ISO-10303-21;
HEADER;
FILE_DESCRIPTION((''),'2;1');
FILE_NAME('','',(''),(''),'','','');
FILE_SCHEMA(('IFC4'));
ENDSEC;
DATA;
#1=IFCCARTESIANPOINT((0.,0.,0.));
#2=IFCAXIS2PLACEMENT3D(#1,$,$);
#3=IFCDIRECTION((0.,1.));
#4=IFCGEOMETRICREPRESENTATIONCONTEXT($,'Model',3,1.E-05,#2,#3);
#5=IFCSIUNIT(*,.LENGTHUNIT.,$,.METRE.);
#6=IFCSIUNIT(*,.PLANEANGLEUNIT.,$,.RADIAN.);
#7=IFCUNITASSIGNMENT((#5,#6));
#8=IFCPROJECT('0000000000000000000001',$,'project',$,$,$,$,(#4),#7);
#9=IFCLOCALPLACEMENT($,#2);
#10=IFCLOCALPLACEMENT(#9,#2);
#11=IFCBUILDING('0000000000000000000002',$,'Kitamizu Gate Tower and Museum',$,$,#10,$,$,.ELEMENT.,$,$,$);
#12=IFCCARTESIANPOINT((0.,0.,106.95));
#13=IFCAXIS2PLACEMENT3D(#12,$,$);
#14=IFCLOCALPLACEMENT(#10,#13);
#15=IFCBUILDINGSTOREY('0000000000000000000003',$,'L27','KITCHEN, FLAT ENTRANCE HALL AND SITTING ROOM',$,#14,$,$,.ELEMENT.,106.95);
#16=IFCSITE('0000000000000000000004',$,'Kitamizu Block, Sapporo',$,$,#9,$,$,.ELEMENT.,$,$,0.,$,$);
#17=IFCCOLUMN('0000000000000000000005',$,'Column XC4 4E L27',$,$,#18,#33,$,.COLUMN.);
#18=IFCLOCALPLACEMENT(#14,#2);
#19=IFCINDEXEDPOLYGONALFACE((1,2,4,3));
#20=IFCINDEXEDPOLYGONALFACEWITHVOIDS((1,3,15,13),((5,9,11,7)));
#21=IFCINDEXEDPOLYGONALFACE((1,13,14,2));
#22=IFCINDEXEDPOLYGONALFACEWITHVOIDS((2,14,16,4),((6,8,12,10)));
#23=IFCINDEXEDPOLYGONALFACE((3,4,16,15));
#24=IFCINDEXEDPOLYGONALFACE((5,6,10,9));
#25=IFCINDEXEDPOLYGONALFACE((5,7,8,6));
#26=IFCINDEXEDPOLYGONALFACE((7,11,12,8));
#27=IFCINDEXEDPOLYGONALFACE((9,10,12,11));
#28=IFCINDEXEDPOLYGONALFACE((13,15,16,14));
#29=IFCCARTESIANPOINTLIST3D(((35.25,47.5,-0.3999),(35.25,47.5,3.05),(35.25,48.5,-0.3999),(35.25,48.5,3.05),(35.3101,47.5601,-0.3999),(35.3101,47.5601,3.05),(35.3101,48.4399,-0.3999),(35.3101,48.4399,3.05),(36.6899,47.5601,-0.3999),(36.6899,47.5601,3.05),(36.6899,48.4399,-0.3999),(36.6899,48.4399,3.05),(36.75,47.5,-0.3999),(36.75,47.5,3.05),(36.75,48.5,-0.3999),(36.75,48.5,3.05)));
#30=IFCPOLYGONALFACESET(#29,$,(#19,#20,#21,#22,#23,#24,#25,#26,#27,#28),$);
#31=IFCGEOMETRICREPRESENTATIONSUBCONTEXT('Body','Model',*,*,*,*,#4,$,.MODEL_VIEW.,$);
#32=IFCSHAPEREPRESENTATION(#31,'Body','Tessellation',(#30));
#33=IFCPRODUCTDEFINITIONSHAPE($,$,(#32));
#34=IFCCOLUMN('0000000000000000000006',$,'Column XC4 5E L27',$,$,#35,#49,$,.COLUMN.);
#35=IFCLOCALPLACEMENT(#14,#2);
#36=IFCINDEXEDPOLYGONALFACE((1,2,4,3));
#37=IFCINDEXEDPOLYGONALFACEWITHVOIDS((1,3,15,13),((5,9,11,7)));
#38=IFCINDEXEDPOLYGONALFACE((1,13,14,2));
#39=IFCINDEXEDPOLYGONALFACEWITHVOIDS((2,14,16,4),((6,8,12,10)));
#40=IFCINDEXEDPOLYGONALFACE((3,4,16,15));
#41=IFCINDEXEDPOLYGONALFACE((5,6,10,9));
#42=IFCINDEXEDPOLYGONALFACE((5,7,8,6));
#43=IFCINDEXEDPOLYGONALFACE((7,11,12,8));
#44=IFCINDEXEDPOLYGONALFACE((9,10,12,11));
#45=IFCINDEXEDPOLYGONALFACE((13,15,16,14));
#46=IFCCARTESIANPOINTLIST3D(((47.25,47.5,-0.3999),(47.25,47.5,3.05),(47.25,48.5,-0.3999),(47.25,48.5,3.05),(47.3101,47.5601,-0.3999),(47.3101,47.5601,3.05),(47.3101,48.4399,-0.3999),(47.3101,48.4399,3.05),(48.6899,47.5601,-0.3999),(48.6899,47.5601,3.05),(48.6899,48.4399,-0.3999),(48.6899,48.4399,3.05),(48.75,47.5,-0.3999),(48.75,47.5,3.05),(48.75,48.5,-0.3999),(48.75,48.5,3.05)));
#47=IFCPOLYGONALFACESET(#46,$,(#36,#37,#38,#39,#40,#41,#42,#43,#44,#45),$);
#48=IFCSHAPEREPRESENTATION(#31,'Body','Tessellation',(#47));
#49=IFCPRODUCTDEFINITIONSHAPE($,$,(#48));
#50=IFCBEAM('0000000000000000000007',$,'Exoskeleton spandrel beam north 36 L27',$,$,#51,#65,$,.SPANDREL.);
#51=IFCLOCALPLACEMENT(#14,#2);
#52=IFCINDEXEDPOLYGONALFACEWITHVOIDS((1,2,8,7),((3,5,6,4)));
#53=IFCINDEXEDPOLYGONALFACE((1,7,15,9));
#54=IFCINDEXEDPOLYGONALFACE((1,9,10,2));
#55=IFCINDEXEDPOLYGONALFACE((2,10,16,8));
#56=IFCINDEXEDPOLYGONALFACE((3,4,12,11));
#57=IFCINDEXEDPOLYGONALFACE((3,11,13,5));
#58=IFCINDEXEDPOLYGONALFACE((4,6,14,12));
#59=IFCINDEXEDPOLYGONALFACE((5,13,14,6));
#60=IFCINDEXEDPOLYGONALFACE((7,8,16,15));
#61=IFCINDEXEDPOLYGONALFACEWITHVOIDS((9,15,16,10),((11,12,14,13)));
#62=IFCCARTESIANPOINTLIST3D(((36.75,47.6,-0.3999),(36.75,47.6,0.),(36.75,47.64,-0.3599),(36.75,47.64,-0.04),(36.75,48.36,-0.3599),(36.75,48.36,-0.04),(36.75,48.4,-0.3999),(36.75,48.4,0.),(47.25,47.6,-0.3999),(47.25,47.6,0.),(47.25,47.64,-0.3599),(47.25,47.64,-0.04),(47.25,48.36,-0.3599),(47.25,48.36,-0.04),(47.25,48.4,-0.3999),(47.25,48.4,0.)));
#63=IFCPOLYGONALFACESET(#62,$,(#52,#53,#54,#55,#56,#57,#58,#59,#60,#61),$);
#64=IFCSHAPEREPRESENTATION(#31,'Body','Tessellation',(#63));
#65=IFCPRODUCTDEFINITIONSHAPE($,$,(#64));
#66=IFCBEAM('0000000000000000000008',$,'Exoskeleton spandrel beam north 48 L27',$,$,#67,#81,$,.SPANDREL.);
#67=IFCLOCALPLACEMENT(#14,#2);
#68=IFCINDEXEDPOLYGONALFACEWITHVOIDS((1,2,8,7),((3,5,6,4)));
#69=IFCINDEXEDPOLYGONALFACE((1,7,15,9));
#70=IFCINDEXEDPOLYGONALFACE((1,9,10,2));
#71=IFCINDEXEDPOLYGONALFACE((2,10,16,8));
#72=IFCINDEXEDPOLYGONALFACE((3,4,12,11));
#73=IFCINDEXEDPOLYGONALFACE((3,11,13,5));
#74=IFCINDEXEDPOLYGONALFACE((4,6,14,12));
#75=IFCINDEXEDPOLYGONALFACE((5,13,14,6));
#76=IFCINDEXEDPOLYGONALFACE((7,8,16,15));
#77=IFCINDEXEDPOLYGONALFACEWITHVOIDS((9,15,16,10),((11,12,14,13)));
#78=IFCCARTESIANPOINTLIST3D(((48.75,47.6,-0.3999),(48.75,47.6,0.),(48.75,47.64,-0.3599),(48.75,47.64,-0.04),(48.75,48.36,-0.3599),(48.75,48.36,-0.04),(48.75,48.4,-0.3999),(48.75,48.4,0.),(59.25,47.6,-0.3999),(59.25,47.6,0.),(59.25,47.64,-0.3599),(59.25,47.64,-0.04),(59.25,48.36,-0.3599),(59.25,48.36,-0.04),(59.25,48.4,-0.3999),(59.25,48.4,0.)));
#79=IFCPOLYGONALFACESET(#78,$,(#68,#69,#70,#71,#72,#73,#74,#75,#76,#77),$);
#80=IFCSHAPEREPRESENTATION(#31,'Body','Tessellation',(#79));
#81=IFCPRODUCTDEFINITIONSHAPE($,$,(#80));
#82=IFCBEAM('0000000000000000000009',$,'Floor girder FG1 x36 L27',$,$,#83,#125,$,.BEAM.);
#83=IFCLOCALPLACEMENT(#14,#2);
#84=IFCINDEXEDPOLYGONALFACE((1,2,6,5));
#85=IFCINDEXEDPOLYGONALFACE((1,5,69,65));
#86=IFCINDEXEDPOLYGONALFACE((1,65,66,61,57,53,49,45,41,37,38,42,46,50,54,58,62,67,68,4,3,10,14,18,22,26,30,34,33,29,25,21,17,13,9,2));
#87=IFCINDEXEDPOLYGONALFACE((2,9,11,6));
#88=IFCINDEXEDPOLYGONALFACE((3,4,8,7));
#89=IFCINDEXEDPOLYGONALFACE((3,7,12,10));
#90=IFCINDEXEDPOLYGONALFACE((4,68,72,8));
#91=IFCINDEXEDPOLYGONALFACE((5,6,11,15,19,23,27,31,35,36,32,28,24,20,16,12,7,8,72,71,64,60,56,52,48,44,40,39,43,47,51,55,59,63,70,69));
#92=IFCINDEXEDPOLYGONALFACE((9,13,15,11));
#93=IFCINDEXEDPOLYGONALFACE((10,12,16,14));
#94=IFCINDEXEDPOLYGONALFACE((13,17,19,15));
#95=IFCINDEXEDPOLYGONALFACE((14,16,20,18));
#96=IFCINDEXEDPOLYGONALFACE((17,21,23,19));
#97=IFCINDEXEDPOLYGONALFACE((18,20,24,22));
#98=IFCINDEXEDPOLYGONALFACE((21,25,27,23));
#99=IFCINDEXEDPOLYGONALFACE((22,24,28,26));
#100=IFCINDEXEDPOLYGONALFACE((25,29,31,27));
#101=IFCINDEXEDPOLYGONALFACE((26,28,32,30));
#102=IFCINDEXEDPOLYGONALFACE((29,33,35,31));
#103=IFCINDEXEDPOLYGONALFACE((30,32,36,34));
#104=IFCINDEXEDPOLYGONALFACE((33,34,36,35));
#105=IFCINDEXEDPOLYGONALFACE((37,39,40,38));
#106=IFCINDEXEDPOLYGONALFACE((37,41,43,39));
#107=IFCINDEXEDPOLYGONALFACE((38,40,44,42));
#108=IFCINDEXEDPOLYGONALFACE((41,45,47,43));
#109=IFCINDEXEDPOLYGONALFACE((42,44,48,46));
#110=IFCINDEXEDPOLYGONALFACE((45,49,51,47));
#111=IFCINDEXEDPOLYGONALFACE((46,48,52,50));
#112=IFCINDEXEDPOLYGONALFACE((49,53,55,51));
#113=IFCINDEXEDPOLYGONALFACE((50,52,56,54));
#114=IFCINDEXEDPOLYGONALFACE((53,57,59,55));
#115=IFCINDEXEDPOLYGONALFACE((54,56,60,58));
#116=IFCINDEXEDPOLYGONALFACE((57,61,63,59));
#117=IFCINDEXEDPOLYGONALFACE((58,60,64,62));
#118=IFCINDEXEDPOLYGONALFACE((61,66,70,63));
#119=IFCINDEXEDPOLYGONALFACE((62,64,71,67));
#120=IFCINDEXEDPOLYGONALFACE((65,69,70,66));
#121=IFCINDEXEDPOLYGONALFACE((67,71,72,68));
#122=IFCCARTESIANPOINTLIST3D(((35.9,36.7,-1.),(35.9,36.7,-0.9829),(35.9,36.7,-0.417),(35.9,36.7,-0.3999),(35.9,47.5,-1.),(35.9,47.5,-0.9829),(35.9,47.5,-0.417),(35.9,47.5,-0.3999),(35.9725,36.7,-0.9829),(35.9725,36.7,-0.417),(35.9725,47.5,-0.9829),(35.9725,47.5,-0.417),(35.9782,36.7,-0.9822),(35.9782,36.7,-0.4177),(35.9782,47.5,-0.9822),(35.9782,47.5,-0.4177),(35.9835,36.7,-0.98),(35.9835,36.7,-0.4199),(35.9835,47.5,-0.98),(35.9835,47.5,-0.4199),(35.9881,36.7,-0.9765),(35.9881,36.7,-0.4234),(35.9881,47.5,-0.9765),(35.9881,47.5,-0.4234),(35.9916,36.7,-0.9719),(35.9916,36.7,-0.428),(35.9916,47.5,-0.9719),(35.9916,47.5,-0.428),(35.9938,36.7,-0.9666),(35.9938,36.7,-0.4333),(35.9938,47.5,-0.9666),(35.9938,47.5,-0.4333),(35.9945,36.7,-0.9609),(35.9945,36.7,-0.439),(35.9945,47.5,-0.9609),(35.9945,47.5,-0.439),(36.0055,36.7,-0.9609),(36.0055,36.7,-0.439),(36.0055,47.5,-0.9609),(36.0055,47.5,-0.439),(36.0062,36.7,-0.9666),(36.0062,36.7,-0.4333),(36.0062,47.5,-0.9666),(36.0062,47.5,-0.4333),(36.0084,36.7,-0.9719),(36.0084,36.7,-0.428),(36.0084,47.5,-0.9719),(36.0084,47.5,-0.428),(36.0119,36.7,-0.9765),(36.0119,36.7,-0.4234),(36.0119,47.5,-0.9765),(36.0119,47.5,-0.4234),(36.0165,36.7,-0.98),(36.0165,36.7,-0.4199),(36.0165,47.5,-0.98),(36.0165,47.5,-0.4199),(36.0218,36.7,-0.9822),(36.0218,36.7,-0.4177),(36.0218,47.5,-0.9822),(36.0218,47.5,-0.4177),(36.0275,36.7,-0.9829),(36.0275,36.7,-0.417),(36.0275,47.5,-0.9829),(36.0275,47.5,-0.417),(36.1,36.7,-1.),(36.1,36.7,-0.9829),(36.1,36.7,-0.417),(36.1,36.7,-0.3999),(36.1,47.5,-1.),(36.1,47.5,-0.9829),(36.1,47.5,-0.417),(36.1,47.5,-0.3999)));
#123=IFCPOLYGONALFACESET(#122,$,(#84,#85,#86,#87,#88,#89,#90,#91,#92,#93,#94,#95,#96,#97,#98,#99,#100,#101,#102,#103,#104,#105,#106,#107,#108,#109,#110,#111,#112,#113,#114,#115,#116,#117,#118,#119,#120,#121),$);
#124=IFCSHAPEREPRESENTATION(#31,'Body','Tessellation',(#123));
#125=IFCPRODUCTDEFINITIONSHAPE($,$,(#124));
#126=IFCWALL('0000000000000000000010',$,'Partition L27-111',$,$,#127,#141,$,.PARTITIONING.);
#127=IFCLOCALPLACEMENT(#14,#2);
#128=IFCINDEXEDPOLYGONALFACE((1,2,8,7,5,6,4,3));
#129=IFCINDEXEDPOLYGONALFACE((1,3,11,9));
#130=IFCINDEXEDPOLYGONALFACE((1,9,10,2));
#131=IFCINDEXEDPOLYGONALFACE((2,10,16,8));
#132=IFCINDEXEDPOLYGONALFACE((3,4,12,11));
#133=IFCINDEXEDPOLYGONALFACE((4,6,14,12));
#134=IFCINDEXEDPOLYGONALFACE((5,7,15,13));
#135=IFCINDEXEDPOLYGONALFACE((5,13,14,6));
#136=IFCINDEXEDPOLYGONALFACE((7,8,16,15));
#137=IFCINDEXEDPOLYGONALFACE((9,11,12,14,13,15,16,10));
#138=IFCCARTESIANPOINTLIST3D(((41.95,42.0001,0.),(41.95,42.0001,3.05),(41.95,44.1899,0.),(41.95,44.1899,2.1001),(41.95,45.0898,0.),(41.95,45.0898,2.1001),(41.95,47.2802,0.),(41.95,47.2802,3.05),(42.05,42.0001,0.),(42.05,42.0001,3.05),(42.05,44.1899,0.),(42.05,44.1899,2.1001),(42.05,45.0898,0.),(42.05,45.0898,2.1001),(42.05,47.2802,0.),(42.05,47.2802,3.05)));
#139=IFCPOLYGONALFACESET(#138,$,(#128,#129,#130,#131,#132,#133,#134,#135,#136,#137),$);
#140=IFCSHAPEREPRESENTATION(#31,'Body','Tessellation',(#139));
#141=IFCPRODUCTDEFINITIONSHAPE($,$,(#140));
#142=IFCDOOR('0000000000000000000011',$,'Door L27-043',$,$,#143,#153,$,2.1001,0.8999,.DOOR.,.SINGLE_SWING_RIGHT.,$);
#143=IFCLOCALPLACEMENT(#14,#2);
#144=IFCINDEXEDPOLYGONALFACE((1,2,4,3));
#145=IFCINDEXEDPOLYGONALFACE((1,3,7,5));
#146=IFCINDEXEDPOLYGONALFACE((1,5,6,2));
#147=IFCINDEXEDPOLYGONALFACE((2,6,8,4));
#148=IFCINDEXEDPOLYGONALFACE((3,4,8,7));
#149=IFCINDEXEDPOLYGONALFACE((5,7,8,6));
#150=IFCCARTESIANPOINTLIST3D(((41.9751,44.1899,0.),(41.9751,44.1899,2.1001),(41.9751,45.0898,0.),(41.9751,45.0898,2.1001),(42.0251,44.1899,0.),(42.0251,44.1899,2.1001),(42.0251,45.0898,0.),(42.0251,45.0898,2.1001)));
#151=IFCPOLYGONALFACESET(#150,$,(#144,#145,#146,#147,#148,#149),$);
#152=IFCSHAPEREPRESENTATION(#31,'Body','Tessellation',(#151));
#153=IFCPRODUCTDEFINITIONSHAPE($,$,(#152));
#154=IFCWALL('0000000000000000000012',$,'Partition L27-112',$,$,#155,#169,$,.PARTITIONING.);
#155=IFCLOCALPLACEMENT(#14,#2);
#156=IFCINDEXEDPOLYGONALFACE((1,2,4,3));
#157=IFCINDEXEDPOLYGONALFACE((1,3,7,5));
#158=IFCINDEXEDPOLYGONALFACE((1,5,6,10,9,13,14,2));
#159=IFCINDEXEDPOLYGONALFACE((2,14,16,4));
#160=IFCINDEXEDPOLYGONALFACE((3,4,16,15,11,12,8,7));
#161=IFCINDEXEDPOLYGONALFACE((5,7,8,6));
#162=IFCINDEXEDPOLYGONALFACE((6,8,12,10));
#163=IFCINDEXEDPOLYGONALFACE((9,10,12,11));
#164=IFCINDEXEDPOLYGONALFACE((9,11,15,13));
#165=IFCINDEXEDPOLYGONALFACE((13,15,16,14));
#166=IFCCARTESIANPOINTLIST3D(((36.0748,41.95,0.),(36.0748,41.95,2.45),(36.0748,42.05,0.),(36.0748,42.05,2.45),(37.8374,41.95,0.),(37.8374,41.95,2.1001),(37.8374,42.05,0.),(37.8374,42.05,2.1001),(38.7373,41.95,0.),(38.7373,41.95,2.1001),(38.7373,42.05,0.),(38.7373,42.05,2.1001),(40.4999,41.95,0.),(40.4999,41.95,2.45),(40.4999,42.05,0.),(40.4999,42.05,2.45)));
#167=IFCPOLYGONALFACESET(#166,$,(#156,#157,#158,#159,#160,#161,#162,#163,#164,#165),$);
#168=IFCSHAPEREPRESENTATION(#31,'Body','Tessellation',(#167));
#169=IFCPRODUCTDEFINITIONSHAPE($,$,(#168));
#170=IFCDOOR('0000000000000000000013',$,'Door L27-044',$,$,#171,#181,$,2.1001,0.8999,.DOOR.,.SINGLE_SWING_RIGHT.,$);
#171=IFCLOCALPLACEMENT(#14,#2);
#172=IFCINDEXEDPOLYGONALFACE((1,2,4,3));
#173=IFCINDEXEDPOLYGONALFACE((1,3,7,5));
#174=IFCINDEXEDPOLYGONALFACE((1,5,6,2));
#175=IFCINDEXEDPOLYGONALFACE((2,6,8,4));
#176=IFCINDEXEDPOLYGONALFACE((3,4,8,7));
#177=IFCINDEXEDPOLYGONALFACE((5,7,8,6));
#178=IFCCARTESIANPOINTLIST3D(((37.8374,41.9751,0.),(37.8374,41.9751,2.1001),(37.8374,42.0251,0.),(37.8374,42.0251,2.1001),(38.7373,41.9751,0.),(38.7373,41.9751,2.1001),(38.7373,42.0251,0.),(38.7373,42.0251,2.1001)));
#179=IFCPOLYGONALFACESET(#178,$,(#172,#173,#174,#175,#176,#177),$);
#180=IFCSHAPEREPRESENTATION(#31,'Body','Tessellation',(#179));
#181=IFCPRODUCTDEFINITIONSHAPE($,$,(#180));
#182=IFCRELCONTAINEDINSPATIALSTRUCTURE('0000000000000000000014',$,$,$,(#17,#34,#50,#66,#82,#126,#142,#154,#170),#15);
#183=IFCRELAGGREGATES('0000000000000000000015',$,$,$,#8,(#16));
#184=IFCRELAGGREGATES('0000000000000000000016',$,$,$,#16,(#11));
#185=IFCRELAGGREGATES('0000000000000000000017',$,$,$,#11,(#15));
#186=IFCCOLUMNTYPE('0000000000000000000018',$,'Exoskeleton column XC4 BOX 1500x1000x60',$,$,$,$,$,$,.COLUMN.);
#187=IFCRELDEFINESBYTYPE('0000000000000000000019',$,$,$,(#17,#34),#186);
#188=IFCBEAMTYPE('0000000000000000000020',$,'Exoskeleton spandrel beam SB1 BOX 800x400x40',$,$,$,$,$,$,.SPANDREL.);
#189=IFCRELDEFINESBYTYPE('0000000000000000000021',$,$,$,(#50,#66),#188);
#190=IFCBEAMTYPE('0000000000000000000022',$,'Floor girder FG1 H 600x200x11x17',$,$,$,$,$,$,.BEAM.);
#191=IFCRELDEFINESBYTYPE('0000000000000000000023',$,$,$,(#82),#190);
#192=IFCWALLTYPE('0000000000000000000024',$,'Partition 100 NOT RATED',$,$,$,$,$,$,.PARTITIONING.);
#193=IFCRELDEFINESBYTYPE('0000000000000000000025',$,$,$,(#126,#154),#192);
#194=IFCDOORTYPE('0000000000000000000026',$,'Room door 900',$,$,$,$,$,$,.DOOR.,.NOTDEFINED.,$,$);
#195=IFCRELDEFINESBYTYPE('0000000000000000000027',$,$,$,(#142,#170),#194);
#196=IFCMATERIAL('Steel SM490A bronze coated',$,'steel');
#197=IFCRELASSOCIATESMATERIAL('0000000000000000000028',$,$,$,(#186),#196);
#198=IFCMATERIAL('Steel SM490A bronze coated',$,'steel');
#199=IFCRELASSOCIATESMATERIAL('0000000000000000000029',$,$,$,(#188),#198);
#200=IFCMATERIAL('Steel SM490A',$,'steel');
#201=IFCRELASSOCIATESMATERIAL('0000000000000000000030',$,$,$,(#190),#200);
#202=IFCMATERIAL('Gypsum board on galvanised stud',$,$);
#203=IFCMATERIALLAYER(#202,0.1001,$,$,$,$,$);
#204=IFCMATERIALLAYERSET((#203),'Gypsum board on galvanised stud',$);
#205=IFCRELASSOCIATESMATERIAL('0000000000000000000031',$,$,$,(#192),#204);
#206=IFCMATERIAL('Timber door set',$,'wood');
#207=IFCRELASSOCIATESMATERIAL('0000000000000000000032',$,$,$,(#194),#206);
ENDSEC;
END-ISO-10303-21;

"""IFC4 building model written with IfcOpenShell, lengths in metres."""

from ifc_helpers import new_model, si_unit, direction, frame, frame_2d, origin, origin_2d, place, context, subcontext, project, spatial, rectangle, hollow_rectangle, i_section, extrude, material, layer, layer_set, material_profile, profile_set, type_object, element, fill, save


model = new_model("IFC4")

# Units and contexts
model_context = context("Model", 3, precision=1e-05, world=origin(), true_north=direction((0.0, 1.0)))
body_context = subcontext(model_context, "Body", "Model", "MODEL_VIEW")
ifc_project = project(units=[si_unit("LENGTHUNIT", "METRE"), si_unit("PLANEANGLEUNIT", "RADIAN")], contexts=[model_context])

# Site, building, storey
site_placement = place(None, origin())
site = spatial("IfcSite", under=ifc_project, at=site_placement, Name="Kitamizu Block, Sapporo", CompositionType="ELEMENT", RefElevation=0.0)
building_placement = place(site_placement, origin())
building = spatial("IfcBuilding", under=site, at=building_placement, Name="Kitamizu Gate Tower and Museum", CompositionType="ELEMENT")
storey_placement = place(building_placement, frame((0.0, 0.0, 106.95)))
storey = spatial("IfcBuildingStorey", under=building, at=storey_placement, Name="L27", Description="KITCHEN, FLAT ENTRANCE HALL AND SITTING ROOM", CompositionType="ELEMENT", Elevation=106.95)

# Columns
ifc_material_1 = material(Name="Steel SM490A bronze coated", Category="steel")
ifc_material_profile_1 = material_profile(ifc_material_1, hollow_rectangle(XDim=1.5, YDim=1.0, WallThickness=0.0601, at=origin_2d()), Name="BOX 1500x1000x60")
ifc_profile_set_1 = profile_set([ifc_material_profile_1], Name="Steel SM490A bronze coated")
column_type = type_object("IfcColumnType", Name="Exoskeleton column XC4 BOX 1500x1000x60", PredefinedType="COLUMN", material=ifc_profile_set_1)
for number, where, z_axis, x_axis, name in (
    (1, (36.0, 48.0, -0.3999), (0.0, 0.0, 1.0), (1.0, 0.0, 0.0), "Column XC4 4E L27"),
    (2, (48.0, 48.0, -0.3999), (0.0, 0.0, 1.0), (1.0, 0.0, 0.0), "Column XC4 5E L27"),
):
    element("IfcColumn", number, at=place(storey_placement, frame(where, z_axis=z_axis, x_axis=x_axis)), inside=storey, type_object=column_type, Name=name, PredefinedType="COLUMN", context=body_context, shape_type="SweptSolid", body=[
        extrude(hollow_rectangle(XDim=1.5, YDim=1.0, WallThickness=0.0601, at=origin_2d()), origin(), (0.0, 0.0, 1.0), 3.45),
    ])

# Beams
ifc_material_2 = material(Name="Steel SM490A bronze coated", Category="steel")
ifc_material_profile_2 = material_profile(ifc_material_2, hollow_rectangle(XDim=0.8, YDim=0.3999, WallThickness=0.04, at=origin_2d()), Name="BOX 800x400x40")
ifc_profile_set_2 = profile_set([ifc_material_profile_2], Name="Steel SM490A bronze coated")
beam_type_1 = type_object("IfcBeamType", Name="Exoskeleton spandrel beam SB1 BOX 800x400x40", PredefinedType="SPANDREL", material=ifc_profile_set_2)
for number, where, z_axis, x_axis, name in (
    (3, (36.75, 48.0, -0.2), (1.0, 0.0, 0.0), (0.0, 1.0, 0.0), "Exoskeleton spandrel beam north 36 L27"),
    (4, (48.75, 48.0, -0.2), (1.0, 0.0, 0.0), (0.0, 1.0, 0.0), "Exoskeleton spandrel beam north 48 L27"),
):
    element("IfcBeam", number, at=place(storey_placement, frame(where, z_axis=z_axis, x_axis=x_axis)), inside=storey, type_object=beam_type_1, Name=name, PredefinedType="SPANDREL", context=body_context, shape_type="SweptSolid", body=[
        extrude(hollow_rectangle(XDim=0.8, YDim=0.3999, WallThickness=0.04, at=origin_2d()), origin(), (0.0, 0.0, 1.0), 10.5),
    ])
ifc_material_3 = material(Name="Steel SM490A", Category="steel")
ifc_material_profile_3 = material_profile(ifc_material_3, i_section(OverallWidth=0.2, OverallDepth=0.6001, WebThickness=0.011, FlangeThickness=0.0171, FilletRadius=0.022, at=origin_2d()), Name="H-600x200x11x17")
ifc_profile_set_3 = profile_set([ifc_material_profile_3], Name="Steel SM490A")
beam_type_2 = type_object("IfcBeamType", Name="Floor girder FG1 H 600x200x11x17", PredefinedType="BEAM", material=ifc_profile_set_3)
beam_placement = place(storey_placement, frame((36.0, 36.7, -0.7), z_axis=(0.0, 1.0, 0.0), x_axis=(-1.0, 0.0, 0.0)))
element("IfcBeam", 5, at=beam_placement, inside=storey, type_object=beam_type_2, Name="Floor girder FG1 x36 L27", PredefinedType="BEAM", context=body_context, shape_type="SweptSolid", body=[
    extrude(i_section(OverallWidth=0.2, OverallDepth=0.6001, WebThickness=0.011, FlangeThickness=0.0171, FilletRadius=0.022, at=origin_2d()), origin(), (0.0, 0.0, 1.0), 10.8),
])

# Walls, openings, doors
ifc_material_4 = material(Name="Gypsum board on galvanised stud")
ifc_layer_1 = layer(ifc_material_4, 0.1001)
ifc_layer_set_1 = layer_set([ifc_layer_1], Name="Gypsum board on galvanised stud")
wall_type_1 = type_object("IfcWallType", Name="Partition 100 NOT RATED", PredefinedType="PARTITIONING", material=ifc_layer_set_1)
wall_1_placement = place(storey_placement, frame((42.0, 42.0, 0.0), z_axis=(0.0, 0.0, 1.0), x_axis=(0.0, 1.0, 0.0)))
wall_1 = element("IfcWall", 6, at=wall_1_placement, inside=storey, type_object=wall_type_1, Name="Partition L27-111", PredefinedType="PARTITIONING", context=body_context, shape_type="SweptSolid", body=[
    extrude(rectangle(XDim=5.28, YDim=0.1001, at=frame_2d((2.6401, 0.0))), origin(), (0.0, 0.0, 1.0), 3.05),
])
opening_1_placement = place(wall_1_placement, frame((2.1899, 0.0, 0.0)))
opening_1 = element("IfcOpeningElement", 7, at=opening_1_placement, cuts=wall_1, PredefinedType="OPENING", context=body_context, shape_type="SweptSolid", body=[
    extrude(rectangle(XDim=0.8999, YDim=2.1001, at=frame_2d((0.45, 1.05))), frame((0.0, 0.0601, 0.0), z_axis=(0.0, -1.0, 0.0), x_axis=(1.0, 0.0, 0.0)), (0.0, 0.0, 1.0), 0.1201),
])
ifc_material_5 = material(Name="Timber door set", Category="wood")
door_type_1 = type_object("IfcDoorType", Name="Room door 900", OperationType="NOTDEFINED", PredefinedType="DOOR", material=ifc_material_5)
door_1_placement = place(opening_1_placement, origin())
door_1 = element("IfcDoor", 8, at=door_1_placement, inside=storey, type_object=door_type_1, Name="Door L27-043", OperationType="SINGLE_SWING_RIGHT", OverallHeight=2.1001, OverallWidth=0.8999, PredefinedType="DOOR", context=body_context, shape_type="SweptSolid", body=[
    extrude(rectangle(XDim=0.8999, YDim=2.1001, at=frame_2d((0.45, 1.05))), frame((0.0, 0.0249, 0.0), z_axis=(0.0, -1.0, 0.0), x_axis=(1.0, 0.0, 0.0)), (0.0, 0.0, 1.0), 0.05),
])
fill(opening_1, door_1)
wall_2_placement = place(storey_placement, frame((36.075, 42.0, 0.0), z_axis=(0.0, 0.0, 1.0), x_axis=(1.0, 0.0, 0.0)))
wall_2 = element("IfcWall", 9, at=wall_2_placement, inside=storey, type_object=wall_type_1, Name="Partition L27-112", PredefinedType="PARTITIONING", context=body_context, shape_type="SweptSolid", body=[
    extrude(rectangle(XDim=4.425, YDim=0.1001, at=frame_2d((2.2124, 0.0))), origin(), (0.0, 0.0, 1.0), 2.45),
])
opening_2_placement = place(wall_2_placement, frame((1.7625, 0.0, 0.0)))
opening_2 = element("IfcOpeningElement", 10, at=opening_2_placement, cuts=wall_2, PredefinedType="OPENING", context=body_context, shape_type="SweptSolid", body=[
    extrude(rectangle(XDim=0.8999, YDim=2.1001, at=frame_2d((0.45, 1.05))), frame((0.0, 0.0601, 0.0), z_axis=(0.0, -1.0, 0.0), x_axis=(1.0, 0.0, 0.0)), (0.0, 0.0, 1.0), 0.1201),
])
door_2_placement = place(opening_2_placement, frame((0.8999, 0.0, 0.0), x_axis=(-1.0, 0.0, 0.0)))
door_2 = element("IfcDoor", 11, at=door_2_placement, inside=storey, type_object=door_type_1, Name="Door L27-044", OperationType="SINGLE_SWING_RIGHT", OverallHeight=2.1001, OverallWidth=0.8999, PredefinedType="DOOR", context=body_context, shape_type="SweptSolid", body=[
    extrude(rectangle(XDim=0.8999, YDim=2.1001, at=frame_2d((0.45, 1.05))), frame((0.0, 0.0249, 0.0), z_axis=(0.0, -1.0, 0.0), x_axis=(1.0, 0.0, 0.0)), (0.0, 0.0, 1.0), 0.05),
])
fill(opening_2, door_2)

save(model, "model.ifc")
